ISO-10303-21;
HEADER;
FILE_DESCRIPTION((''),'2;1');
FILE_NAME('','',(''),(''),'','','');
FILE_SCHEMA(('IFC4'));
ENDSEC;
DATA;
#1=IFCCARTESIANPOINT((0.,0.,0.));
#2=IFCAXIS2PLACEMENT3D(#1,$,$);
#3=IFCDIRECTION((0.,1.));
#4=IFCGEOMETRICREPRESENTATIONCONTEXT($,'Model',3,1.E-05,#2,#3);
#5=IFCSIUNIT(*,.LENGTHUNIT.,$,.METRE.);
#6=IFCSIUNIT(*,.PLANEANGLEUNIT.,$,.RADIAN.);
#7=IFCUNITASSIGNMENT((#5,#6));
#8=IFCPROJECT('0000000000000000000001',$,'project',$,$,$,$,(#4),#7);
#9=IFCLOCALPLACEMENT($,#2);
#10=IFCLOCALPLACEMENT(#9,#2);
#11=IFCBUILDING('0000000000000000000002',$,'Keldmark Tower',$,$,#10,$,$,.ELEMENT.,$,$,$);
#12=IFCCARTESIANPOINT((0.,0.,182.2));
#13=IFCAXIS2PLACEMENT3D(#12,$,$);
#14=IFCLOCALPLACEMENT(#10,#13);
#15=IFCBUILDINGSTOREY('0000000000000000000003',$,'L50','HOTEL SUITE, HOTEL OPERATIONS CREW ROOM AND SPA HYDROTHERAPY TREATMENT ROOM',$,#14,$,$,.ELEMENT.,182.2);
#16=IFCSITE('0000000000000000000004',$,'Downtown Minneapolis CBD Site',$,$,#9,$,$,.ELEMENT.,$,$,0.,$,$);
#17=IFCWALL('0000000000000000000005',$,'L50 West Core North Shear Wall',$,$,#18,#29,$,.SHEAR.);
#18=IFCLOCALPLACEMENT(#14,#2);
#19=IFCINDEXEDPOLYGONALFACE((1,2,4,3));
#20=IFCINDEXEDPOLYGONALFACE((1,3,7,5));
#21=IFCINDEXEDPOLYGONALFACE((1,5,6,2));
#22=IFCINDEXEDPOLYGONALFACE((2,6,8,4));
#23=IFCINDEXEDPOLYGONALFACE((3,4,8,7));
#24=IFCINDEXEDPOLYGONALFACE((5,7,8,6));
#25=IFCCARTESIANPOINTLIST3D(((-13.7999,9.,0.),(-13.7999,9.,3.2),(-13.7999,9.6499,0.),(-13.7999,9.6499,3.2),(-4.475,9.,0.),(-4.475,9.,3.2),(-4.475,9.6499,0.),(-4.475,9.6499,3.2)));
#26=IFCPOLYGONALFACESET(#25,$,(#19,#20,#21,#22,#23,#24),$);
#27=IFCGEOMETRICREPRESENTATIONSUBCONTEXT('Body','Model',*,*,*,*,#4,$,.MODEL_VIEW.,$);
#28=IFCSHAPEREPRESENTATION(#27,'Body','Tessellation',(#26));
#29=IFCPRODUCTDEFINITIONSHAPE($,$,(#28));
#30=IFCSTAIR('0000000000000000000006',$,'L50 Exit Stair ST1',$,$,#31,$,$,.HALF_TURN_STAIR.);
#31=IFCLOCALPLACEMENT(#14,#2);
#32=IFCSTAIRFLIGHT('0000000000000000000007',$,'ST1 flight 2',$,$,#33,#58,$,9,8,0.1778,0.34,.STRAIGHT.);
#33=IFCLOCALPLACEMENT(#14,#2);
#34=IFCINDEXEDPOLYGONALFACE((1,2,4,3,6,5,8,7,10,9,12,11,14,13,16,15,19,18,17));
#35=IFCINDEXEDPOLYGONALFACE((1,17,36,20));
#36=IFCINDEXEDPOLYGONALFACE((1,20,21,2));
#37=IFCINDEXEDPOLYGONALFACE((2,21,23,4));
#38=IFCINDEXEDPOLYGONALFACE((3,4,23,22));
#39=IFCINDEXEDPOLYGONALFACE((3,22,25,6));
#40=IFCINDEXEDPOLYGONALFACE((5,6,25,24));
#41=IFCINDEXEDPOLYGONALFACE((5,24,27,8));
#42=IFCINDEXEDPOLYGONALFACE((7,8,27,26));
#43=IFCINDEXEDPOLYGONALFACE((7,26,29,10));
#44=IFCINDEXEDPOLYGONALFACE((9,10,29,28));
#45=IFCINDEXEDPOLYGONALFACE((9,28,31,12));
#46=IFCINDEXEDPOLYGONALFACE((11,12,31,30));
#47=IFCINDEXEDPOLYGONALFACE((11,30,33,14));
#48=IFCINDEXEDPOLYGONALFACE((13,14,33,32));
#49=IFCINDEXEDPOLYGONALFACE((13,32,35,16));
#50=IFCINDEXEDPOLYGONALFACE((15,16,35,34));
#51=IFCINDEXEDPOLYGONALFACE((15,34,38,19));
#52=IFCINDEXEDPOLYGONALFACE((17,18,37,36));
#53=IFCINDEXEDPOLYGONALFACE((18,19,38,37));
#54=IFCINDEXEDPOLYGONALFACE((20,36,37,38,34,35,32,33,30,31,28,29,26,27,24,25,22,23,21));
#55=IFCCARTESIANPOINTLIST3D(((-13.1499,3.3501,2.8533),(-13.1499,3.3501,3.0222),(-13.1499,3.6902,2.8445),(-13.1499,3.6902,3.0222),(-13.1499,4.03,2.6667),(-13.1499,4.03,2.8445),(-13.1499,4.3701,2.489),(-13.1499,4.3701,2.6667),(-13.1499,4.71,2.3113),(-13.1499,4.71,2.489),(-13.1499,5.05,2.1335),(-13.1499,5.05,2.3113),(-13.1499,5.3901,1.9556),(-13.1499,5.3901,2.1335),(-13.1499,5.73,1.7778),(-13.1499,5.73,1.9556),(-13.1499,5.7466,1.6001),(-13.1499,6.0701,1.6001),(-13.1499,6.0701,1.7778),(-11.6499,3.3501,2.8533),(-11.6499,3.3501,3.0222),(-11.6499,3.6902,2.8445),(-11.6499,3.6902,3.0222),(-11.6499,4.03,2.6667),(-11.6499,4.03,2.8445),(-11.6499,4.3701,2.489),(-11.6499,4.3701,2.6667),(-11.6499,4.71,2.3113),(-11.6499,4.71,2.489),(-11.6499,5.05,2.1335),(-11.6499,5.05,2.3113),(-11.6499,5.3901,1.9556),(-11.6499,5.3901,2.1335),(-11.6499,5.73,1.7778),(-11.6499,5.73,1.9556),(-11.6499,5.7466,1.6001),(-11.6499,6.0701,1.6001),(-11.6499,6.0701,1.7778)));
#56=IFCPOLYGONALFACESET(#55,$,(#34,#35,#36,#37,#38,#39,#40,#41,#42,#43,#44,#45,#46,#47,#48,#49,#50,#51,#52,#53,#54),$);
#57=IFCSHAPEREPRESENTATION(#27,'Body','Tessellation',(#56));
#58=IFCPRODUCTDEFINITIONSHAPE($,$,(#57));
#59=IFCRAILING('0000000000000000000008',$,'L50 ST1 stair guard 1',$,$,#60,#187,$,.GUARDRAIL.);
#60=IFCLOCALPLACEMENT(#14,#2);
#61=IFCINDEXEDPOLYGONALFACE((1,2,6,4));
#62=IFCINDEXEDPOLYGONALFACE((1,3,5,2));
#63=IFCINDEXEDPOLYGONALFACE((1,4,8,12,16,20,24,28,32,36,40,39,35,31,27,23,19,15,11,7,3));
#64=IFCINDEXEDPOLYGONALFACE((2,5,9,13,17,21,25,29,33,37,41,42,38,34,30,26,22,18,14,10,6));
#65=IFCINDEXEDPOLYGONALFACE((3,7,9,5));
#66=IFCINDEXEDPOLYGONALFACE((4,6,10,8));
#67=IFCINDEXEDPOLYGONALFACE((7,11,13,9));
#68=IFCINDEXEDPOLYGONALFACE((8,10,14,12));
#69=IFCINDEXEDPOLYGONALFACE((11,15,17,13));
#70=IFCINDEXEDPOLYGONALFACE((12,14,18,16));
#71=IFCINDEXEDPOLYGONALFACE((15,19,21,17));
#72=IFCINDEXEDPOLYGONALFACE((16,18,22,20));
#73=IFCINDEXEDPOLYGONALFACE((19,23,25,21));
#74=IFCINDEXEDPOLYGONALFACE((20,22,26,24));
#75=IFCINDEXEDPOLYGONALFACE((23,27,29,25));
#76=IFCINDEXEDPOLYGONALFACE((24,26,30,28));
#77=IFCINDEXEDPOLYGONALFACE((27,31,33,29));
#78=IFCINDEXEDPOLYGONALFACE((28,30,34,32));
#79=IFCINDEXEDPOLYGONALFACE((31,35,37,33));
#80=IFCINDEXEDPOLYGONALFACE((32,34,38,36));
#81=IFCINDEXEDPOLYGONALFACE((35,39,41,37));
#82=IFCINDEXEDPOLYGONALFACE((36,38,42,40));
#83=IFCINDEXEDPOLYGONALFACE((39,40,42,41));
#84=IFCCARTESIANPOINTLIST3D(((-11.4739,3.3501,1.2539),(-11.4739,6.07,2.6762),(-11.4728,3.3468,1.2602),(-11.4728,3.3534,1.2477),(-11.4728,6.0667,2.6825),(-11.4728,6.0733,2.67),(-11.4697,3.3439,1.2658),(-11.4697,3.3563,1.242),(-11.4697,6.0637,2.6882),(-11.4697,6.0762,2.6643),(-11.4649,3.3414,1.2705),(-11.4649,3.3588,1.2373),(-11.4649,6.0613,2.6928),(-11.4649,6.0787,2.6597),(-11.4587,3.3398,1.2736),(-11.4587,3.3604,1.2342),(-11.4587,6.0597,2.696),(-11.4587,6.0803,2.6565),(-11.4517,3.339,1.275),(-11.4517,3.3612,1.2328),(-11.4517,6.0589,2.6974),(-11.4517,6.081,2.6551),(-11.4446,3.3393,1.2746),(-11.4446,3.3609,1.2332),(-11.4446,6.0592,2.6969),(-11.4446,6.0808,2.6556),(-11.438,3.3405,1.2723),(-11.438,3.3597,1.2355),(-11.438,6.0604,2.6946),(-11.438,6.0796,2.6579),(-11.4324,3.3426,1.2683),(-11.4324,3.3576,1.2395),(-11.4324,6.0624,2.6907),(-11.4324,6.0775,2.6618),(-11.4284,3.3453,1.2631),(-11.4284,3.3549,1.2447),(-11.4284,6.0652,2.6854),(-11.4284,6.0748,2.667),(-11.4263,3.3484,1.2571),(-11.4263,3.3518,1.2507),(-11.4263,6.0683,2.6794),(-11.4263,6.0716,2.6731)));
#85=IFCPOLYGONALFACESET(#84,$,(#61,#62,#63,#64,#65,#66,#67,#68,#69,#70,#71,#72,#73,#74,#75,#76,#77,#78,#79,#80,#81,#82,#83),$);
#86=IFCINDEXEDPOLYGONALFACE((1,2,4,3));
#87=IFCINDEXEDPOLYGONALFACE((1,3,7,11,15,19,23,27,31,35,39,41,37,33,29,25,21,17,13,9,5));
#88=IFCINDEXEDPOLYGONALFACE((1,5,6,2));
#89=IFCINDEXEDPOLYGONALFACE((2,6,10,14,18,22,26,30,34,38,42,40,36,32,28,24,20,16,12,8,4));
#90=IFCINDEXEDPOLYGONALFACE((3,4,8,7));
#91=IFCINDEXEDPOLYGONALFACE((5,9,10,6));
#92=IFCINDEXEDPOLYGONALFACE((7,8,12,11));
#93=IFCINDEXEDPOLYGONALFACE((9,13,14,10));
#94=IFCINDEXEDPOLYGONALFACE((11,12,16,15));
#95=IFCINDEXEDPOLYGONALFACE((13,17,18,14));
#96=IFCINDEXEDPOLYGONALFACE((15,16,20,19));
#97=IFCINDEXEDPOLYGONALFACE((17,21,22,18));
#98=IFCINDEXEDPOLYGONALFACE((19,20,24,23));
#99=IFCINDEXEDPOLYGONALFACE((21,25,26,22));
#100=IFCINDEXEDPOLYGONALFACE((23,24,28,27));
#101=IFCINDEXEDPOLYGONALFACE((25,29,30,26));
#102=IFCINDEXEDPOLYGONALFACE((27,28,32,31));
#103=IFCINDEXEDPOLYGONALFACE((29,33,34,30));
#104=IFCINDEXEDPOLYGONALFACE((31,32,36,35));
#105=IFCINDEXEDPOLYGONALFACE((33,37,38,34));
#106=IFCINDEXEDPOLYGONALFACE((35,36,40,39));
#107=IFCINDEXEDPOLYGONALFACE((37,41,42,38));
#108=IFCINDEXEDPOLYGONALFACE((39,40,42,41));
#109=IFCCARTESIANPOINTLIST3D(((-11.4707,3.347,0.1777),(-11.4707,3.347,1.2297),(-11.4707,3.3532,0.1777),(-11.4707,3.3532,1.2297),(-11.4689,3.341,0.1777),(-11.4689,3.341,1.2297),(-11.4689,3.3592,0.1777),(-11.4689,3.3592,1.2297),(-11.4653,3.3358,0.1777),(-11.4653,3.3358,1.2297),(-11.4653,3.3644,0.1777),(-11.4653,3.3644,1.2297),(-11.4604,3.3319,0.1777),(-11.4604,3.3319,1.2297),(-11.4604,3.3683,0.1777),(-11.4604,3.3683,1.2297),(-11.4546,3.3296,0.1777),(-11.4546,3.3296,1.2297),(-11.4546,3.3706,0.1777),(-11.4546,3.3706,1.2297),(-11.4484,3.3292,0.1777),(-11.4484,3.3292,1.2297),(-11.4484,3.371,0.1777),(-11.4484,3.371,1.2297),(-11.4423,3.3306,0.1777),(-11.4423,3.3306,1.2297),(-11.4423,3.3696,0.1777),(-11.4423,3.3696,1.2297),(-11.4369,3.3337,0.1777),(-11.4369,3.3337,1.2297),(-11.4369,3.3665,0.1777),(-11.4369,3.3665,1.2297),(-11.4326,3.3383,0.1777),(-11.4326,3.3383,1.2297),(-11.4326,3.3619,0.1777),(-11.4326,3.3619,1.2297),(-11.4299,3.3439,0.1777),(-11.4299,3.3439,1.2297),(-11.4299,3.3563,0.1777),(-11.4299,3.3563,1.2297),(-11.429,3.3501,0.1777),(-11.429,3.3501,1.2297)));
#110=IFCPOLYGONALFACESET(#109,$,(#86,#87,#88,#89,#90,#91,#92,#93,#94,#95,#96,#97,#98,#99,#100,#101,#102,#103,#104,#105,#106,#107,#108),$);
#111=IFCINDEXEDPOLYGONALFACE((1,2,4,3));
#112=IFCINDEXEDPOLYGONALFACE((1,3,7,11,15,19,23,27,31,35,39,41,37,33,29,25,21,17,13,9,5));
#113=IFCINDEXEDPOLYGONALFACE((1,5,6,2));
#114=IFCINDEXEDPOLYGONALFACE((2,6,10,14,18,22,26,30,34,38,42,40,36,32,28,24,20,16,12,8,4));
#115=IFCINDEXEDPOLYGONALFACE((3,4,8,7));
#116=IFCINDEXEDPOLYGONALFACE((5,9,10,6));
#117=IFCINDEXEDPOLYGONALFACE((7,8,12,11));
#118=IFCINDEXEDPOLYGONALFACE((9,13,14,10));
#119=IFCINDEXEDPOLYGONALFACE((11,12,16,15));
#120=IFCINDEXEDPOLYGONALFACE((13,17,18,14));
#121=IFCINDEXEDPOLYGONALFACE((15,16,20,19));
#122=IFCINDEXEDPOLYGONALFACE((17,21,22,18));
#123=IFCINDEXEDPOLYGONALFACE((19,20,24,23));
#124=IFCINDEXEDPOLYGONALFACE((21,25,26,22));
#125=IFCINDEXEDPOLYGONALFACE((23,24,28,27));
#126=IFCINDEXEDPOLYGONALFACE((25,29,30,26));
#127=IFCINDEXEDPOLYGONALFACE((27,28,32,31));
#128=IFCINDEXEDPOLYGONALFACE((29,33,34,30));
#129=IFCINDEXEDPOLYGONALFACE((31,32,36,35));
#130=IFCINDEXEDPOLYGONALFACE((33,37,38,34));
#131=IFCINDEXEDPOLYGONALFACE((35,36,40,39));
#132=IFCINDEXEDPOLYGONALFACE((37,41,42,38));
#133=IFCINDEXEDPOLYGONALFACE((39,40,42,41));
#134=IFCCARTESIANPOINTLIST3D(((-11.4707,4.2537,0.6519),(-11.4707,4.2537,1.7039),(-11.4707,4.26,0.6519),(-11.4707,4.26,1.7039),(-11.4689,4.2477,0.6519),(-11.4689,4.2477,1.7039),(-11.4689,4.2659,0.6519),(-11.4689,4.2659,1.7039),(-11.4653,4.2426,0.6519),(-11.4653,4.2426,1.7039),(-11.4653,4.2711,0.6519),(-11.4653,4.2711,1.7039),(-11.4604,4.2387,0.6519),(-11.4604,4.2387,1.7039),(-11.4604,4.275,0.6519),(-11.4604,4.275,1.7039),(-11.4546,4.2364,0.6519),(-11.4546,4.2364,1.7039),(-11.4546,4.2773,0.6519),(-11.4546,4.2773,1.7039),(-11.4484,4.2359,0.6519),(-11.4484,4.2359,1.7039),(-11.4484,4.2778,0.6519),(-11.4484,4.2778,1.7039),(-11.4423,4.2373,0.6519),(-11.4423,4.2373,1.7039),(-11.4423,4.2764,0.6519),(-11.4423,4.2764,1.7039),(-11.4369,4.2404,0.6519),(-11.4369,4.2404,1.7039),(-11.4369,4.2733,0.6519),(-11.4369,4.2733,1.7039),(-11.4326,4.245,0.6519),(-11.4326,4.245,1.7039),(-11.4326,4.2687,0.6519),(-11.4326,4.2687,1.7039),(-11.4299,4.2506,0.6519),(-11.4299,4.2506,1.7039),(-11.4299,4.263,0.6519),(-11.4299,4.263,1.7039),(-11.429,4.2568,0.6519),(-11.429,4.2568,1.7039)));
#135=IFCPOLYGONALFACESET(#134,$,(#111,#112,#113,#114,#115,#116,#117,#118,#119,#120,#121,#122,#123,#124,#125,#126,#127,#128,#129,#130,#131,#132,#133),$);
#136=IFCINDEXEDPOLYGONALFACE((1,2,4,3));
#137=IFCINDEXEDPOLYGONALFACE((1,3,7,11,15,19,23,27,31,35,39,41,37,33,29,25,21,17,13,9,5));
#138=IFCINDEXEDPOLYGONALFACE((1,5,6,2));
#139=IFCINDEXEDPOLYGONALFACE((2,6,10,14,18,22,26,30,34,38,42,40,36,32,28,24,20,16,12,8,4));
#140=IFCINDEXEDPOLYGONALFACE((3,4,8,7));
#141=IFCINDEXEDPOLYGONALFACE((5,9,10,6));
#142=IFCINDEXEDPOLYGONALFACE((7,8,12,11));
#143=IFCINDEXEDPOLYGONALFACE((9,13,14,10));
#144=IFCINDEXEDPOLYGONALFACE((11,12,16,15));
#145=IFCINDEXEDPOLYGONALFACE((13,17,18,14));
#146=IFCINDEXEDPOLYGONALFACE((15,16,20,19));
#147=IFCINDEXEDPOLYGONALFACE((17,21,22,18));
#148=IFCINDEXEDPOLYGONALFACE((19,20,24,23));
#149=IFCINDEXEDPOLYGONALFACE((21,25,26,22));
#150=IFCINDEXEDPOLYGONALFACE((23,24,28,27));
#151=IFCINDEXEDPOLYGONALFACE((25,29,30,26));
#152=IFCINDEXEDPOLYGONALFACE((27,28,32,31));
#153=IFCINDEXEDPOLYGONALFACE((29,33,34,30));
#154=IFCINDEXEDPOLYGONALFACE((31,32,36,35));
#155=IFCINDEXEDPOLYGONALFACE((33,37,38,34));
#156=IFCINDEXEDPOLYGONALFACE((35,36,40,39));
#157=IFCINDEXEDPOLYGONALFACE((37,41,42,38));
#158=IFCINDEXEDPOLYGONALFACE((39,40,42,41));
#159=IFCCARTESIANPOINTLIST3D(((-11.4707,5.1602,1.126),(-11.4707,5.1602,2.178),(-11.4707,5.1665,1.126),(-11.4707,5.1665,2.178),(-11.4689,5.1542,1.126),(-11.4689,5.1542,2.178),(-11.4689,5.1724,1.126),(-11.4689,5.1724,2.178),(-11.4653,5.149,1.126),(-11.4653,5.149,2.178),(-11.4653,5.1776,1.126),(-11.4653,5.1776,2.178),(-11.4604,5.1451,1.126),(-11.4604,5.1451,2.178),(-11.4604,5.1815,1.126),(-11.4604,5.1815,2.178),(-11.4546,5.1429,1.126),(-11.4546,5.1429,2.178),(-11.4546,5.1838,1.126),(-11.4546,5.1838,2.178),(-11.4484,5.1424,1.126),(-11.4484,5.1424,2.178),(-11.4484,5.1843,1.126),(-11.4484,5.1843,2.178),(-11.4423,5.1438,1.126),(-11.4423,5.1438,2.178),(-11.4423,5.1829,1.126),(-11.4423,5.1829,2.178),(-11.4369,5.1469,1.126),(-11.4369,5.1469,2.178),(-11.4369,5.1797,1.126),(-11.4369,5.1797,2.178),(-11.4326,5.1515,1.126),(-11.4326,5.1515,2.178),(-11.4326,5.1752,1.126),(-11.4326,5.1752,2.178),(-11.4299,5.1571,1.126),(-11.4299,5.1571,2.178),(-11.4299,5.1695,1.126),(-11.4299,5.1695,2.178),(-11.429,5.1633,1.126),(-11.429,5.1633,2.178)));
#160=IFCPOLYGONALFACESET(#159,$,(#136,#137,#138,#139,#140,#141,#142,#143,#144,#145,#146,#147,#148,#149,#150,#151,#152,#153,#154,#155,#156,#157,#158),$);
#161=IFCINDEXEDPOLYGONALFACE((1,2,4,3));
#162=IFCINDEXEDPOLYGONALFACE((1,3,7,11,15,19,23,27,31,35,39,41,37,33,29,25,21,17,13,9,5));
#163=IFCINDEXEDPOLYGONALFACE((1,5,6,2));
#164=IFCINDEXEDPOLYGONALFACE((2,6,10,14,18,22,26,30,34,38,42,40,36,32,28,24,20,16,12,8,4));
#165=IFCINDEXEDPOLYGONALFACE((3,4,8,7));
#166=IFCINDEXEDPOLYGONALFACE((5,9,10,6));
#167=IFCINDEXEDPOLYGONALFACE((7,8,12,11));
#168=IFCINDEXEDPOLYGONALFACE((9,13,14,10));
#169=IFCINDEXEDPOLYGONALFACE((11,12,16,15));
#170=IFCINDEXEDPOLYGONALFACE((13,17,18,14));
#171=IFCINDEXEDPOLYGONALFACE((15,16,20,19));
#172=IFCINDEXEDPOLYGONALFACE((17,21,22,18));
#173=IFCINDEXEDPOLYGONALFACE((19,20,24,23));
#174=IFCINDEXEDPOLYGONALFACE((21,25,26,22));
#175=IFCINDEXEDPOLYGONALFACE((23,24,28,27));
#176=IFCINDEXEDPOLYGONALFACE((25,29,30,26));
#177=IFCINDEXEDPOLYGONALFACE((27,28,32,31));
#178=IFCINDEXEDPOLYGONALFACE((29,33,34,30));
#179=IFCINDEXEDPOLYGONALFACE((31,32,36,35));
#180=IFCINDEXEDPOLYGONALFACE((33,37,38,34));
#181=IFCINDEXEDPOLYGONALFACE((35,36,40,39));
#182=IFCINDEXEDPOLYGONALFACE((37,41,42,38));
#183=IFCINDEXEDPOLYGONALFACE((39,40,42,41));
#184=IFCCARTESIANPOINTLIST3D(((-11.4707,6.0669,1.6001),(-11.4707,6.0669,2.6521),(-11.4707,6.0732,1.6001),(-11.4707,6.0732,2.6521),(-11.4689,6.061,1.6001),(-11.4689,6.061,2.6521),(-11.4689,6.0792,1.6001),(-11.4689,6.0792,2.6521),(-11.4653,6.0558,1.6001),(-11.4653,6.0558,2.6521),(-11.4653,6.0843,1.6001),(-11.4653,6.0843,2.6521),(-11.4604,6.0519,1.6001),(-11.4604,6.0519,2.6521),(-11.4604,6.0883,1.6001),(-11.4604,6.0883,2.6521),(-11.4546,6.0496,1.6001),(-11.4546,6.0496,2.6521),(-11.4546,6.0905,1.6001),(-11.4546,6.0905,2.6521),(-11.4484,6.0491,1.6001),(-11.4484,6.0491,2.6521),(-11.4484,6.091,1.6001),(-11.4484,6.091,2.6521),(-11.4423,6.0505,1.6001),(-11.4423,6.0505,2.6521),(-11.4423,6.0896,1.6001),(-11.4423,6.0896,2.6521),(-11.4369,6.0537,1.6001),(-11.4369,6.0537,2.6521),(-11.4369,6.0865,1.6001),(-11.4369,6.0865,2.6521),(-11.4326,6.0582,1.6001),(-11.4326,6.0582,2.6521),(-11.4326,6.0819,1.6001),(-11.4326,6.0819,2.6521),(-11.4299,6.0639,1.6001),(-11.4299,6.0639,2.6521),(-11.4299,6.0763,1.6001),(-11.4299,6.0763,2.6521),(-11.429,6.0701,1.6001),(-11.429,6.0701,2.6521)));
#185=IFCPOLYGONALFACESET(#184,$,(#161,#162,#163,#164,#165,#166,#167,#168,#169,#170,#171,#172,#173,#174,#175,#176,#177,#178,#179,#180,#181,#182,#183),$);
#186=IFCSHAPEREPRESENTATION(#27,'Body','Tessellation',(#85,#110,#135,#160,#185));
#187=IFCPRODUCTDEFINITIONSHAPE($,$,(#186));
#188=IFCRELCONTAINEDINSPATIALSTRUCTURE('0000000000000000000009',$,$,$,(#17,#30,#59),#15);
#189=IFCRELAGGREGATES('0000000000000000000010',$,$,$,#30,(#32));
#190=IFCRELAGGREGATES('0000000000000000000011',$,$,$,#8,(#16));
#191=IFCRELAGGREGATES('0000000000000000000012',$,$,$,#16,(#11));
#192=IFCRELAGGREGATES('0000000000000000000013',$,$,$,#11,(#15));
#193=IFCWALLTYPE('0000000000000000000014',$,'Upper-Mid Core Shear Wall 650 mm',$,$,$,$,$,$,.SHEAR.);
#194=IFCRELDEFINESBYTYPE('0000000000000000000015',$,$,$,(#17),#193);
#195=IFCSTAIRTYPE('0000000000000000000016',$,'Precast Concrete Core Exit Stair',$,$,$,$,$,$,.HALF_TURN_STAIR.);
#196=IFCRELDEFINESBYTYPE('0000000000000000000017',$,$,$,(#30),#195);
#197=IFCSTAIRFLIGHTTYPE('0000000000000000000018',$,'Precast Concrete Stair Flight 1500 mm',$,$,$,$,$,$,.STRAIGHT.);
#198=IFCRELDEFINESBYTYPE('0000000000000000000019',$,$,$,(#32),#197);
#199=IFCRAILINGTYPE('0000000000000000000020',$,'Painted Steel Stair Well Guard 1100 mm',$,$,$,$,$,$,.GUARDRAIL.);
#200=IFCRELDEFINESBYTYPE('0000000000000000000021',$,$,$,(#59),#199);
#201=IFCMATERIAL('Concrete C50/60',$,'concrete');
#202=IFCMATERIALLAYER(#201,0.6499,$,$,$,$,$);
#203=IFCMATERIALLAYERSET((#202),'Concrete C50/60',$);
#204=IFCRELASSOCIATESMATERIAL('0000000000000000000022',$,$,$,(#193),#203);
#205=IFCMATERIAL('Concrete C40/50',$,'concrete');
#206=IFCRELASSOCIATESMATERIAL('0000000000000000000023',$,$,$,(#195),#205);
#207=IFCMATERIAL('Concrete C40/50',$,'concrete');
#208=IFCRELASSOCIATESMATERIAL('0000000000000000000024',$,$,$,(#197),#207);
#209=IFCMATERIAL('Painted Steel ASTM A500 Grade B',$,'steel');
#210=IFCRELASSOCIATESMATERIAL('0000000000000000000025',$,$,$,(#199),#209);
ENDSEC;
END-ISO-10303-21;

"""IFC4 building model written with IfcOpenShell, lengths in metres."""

from ifc_helpers import new_model, si_unit, direction, frame, frame_2d, origin, origin_2d, place, context, subcontext, project, spatial, polyline, rectangle, circle, outline, extrude, material, layer, layer_set, type_object, element, aggregate, save


model = new_model("IFC4")

# Units and contexts
model_context = context("Model", 3, precision=1e-05, world=origin(), true_north=direction((0.0, 1.0)))
body_context = subcontext(model_context, "Body", "Model", "MODEL_VIEW")
ifc_project = project(units=[si_unit("LENGTHUNIT", "METRE"), si_unit("PLANEANGLEUNIT", "RADIAN")], contexts=[model_context])

# Site, building, storey
site_placement = place(None, origin())
site = spatial("IfcSite", under=ifc_project, at=site_placement, Name="Downtown Minneapolis CBD Site", CompositionType="ELEMENT", RefElevation=0.0)
building_placement = place(site_placement, origin())
building = spatial("IfcBuilding", under=site, at=building_placement, Name="Keldmark Tower", CompositionType="ELEMENT")
storey_placement = place(building_placement, frame((0.0, 0.0, 182.2)))
storey = spatial("IfcBuildingStorey", under=building, at=storey_placement, Name="L50", Description="HOTEL SUITE, HOTEL OPERATIONS CREW ROOM AND SPA HYDROTHERAPY TREATMENT ROOM", CompositionType="ELEMENT", Elevation=182.2)

# Wall
ifc_material_1 = material(Name="Concrete C50/60", Category="concrete")
ifc_layer_1 = layer(ifc_material_1, 0.6499)
ifc_layer_set_1 = layer_set([ifc_layer_1], Name="Concrete C50/60")
wall_type_1 = type_object("IfcWallType", Name="Upper-Mid Core Shear Wall 650 mm", PredefinedType="SHEAR", material=ifc_layer_set_1)
wall_1_placement = place(storey_placement, frame((-13.8, 9.325, 0.0), z_axis=(0.0, 0.0, 1.0), x_axis=(1.0, 0.0, 0.0)))
element("IfcWall", 1, at=wall_1_placement, inside=storey, type_object=wall_type_1, Name="L50 West Core North Shear Wall", PredefinedType="SHEAR", context=body_context, shape_type="SweptSolid", body=[
    extrude(rectangle(XDim=9.325, YDim=0.6499, at=frame_2d((4.6626, 0.0))), origin(), (0.0, 0.0, 1.0), 3.2),
])

# Stair, stair flight
ifc_material_2 = material(Name="Concrete C40/50", Category="concrete")
stair_type = type_object("IfcStairType", Name="Precast Concrete Core Exit Stair", PredefinedType="HALF_TURN_STAIR", material=ifc_material_2)
stair_placement = place(storey_placement, origin())
stair = element("IfcStair", 2, at=stair_placement, inside=storey, type_object=stair_type, Name="L50 Exit Stair ST1", PredefinedType="HALF_TURN_STAIR")
ifc_material_3 = material(Name="Concrete C40/50", Category="concrete")
stair_flight_type = type_object("IfcStairFlightType", Name="Precast Concrete Stair Flight 1500 mm", PredefinedType="STRAIGHT", material=ifc_material_3)
stair_flight_placement = place(storey_placement, frame((-12.3999, 6.0701, 1.6001), z_axis=(0.0, 0.0, 1.0), x_axis=(0.0, -1.0, 0.0)))
stair_flight = element("IfcStairFlight", 3, at=stair_flight_placement, type_object=stair_flight_type, Name="ST1 flight 2", NumberOfRisers=9, NumberOfTreads=8, PredefinedType="STRAIGHT", RiserHeight=0.1778, TreadLength=0.34, context=body_context, shape_type="SweptSolid", body=[
    extrude(outline(polyline([(0.0, 0.0), (0.0, 0.1777), (0.3401, 0.1777), (0.3401, 0.3555), (0.6799, 0.3555), (0.6799, 0.5334), (1.02, 0.5334), (1.02, 0.7112), (1.3601, 0.7112), (1.3601, 0.8889), (1.7, 0.8889), (1.7, 1.0667), (2.04, 1.0667), (2.04, 1.2444), (2.3799, 1.2444), (2.3799, 1.4221), (2.72, 1.4221), (2.72, 1.6001), (2.72, 1.2532), (0.3235, 0.0), (0.0, 0.0)])), frame((0.0, 0.75, 0.0), z_axis=(0.0, -1.0, 0.0), x_axis=(1.0, 0.0, 0.0)), (0.0, 0.0, 1.0), 1.5),
])
aggregate(stair, [stair_flight])

# Railing
ifc_material_4 = material(Name="Painted Steel ASTM A500 Grade B", Category="steel")
railing_type_1 = type_object("IfcRailingType", Name="Painted Steel Stair Well Guard 1100 mm", PredefinedType="GUARDRAIL", material=ifc_material_4)
railing_1_placement = place(storey_placement, frame((-11.45, 3.3501, 0.1777)))
element("IfcRailing", 4, at=railing_1_placement, inside=storey, type_object=railing_type_1, Name="L50 ST1 stair guard 1", PredefinedType="GUARDRAIL", context=body_context, shape_type="SweptSolid", body=[
    extrude(circle(Radius=0.0239, at=origin_2d()), frame((0.0, 0.0, 1.0762), z_axis=(0.0, 0.88615, 0.463398), x_axis=(-1.0, 0.0, 0.0)), (0.0, 0.0, 1.0), 3.0693),
    extrude(circle(Radius=0.021, at=origin_2d()), origin(), (0.0, 0.0, 1.0), 1.052),
    extrude(circle(Radius=0.021, at=origin_2d()), frame((0.0, 0.9067, 0.4741)), (0.0, 0.0, 1.0), 1.052),
    extrude(circle(Radius=0.021, at=origin_2d()), frame((0.0, 1.8132, 0.9482)), (0.0, 0.0, 1.0), 1.052),
    extrude(circle(Radius=0.021, at=origin_2d()), frame((0.0, 2.72, 1.4224)), (0.0, 0.0, 1.0), 1.052),
])

save(model, "model.ifc")
